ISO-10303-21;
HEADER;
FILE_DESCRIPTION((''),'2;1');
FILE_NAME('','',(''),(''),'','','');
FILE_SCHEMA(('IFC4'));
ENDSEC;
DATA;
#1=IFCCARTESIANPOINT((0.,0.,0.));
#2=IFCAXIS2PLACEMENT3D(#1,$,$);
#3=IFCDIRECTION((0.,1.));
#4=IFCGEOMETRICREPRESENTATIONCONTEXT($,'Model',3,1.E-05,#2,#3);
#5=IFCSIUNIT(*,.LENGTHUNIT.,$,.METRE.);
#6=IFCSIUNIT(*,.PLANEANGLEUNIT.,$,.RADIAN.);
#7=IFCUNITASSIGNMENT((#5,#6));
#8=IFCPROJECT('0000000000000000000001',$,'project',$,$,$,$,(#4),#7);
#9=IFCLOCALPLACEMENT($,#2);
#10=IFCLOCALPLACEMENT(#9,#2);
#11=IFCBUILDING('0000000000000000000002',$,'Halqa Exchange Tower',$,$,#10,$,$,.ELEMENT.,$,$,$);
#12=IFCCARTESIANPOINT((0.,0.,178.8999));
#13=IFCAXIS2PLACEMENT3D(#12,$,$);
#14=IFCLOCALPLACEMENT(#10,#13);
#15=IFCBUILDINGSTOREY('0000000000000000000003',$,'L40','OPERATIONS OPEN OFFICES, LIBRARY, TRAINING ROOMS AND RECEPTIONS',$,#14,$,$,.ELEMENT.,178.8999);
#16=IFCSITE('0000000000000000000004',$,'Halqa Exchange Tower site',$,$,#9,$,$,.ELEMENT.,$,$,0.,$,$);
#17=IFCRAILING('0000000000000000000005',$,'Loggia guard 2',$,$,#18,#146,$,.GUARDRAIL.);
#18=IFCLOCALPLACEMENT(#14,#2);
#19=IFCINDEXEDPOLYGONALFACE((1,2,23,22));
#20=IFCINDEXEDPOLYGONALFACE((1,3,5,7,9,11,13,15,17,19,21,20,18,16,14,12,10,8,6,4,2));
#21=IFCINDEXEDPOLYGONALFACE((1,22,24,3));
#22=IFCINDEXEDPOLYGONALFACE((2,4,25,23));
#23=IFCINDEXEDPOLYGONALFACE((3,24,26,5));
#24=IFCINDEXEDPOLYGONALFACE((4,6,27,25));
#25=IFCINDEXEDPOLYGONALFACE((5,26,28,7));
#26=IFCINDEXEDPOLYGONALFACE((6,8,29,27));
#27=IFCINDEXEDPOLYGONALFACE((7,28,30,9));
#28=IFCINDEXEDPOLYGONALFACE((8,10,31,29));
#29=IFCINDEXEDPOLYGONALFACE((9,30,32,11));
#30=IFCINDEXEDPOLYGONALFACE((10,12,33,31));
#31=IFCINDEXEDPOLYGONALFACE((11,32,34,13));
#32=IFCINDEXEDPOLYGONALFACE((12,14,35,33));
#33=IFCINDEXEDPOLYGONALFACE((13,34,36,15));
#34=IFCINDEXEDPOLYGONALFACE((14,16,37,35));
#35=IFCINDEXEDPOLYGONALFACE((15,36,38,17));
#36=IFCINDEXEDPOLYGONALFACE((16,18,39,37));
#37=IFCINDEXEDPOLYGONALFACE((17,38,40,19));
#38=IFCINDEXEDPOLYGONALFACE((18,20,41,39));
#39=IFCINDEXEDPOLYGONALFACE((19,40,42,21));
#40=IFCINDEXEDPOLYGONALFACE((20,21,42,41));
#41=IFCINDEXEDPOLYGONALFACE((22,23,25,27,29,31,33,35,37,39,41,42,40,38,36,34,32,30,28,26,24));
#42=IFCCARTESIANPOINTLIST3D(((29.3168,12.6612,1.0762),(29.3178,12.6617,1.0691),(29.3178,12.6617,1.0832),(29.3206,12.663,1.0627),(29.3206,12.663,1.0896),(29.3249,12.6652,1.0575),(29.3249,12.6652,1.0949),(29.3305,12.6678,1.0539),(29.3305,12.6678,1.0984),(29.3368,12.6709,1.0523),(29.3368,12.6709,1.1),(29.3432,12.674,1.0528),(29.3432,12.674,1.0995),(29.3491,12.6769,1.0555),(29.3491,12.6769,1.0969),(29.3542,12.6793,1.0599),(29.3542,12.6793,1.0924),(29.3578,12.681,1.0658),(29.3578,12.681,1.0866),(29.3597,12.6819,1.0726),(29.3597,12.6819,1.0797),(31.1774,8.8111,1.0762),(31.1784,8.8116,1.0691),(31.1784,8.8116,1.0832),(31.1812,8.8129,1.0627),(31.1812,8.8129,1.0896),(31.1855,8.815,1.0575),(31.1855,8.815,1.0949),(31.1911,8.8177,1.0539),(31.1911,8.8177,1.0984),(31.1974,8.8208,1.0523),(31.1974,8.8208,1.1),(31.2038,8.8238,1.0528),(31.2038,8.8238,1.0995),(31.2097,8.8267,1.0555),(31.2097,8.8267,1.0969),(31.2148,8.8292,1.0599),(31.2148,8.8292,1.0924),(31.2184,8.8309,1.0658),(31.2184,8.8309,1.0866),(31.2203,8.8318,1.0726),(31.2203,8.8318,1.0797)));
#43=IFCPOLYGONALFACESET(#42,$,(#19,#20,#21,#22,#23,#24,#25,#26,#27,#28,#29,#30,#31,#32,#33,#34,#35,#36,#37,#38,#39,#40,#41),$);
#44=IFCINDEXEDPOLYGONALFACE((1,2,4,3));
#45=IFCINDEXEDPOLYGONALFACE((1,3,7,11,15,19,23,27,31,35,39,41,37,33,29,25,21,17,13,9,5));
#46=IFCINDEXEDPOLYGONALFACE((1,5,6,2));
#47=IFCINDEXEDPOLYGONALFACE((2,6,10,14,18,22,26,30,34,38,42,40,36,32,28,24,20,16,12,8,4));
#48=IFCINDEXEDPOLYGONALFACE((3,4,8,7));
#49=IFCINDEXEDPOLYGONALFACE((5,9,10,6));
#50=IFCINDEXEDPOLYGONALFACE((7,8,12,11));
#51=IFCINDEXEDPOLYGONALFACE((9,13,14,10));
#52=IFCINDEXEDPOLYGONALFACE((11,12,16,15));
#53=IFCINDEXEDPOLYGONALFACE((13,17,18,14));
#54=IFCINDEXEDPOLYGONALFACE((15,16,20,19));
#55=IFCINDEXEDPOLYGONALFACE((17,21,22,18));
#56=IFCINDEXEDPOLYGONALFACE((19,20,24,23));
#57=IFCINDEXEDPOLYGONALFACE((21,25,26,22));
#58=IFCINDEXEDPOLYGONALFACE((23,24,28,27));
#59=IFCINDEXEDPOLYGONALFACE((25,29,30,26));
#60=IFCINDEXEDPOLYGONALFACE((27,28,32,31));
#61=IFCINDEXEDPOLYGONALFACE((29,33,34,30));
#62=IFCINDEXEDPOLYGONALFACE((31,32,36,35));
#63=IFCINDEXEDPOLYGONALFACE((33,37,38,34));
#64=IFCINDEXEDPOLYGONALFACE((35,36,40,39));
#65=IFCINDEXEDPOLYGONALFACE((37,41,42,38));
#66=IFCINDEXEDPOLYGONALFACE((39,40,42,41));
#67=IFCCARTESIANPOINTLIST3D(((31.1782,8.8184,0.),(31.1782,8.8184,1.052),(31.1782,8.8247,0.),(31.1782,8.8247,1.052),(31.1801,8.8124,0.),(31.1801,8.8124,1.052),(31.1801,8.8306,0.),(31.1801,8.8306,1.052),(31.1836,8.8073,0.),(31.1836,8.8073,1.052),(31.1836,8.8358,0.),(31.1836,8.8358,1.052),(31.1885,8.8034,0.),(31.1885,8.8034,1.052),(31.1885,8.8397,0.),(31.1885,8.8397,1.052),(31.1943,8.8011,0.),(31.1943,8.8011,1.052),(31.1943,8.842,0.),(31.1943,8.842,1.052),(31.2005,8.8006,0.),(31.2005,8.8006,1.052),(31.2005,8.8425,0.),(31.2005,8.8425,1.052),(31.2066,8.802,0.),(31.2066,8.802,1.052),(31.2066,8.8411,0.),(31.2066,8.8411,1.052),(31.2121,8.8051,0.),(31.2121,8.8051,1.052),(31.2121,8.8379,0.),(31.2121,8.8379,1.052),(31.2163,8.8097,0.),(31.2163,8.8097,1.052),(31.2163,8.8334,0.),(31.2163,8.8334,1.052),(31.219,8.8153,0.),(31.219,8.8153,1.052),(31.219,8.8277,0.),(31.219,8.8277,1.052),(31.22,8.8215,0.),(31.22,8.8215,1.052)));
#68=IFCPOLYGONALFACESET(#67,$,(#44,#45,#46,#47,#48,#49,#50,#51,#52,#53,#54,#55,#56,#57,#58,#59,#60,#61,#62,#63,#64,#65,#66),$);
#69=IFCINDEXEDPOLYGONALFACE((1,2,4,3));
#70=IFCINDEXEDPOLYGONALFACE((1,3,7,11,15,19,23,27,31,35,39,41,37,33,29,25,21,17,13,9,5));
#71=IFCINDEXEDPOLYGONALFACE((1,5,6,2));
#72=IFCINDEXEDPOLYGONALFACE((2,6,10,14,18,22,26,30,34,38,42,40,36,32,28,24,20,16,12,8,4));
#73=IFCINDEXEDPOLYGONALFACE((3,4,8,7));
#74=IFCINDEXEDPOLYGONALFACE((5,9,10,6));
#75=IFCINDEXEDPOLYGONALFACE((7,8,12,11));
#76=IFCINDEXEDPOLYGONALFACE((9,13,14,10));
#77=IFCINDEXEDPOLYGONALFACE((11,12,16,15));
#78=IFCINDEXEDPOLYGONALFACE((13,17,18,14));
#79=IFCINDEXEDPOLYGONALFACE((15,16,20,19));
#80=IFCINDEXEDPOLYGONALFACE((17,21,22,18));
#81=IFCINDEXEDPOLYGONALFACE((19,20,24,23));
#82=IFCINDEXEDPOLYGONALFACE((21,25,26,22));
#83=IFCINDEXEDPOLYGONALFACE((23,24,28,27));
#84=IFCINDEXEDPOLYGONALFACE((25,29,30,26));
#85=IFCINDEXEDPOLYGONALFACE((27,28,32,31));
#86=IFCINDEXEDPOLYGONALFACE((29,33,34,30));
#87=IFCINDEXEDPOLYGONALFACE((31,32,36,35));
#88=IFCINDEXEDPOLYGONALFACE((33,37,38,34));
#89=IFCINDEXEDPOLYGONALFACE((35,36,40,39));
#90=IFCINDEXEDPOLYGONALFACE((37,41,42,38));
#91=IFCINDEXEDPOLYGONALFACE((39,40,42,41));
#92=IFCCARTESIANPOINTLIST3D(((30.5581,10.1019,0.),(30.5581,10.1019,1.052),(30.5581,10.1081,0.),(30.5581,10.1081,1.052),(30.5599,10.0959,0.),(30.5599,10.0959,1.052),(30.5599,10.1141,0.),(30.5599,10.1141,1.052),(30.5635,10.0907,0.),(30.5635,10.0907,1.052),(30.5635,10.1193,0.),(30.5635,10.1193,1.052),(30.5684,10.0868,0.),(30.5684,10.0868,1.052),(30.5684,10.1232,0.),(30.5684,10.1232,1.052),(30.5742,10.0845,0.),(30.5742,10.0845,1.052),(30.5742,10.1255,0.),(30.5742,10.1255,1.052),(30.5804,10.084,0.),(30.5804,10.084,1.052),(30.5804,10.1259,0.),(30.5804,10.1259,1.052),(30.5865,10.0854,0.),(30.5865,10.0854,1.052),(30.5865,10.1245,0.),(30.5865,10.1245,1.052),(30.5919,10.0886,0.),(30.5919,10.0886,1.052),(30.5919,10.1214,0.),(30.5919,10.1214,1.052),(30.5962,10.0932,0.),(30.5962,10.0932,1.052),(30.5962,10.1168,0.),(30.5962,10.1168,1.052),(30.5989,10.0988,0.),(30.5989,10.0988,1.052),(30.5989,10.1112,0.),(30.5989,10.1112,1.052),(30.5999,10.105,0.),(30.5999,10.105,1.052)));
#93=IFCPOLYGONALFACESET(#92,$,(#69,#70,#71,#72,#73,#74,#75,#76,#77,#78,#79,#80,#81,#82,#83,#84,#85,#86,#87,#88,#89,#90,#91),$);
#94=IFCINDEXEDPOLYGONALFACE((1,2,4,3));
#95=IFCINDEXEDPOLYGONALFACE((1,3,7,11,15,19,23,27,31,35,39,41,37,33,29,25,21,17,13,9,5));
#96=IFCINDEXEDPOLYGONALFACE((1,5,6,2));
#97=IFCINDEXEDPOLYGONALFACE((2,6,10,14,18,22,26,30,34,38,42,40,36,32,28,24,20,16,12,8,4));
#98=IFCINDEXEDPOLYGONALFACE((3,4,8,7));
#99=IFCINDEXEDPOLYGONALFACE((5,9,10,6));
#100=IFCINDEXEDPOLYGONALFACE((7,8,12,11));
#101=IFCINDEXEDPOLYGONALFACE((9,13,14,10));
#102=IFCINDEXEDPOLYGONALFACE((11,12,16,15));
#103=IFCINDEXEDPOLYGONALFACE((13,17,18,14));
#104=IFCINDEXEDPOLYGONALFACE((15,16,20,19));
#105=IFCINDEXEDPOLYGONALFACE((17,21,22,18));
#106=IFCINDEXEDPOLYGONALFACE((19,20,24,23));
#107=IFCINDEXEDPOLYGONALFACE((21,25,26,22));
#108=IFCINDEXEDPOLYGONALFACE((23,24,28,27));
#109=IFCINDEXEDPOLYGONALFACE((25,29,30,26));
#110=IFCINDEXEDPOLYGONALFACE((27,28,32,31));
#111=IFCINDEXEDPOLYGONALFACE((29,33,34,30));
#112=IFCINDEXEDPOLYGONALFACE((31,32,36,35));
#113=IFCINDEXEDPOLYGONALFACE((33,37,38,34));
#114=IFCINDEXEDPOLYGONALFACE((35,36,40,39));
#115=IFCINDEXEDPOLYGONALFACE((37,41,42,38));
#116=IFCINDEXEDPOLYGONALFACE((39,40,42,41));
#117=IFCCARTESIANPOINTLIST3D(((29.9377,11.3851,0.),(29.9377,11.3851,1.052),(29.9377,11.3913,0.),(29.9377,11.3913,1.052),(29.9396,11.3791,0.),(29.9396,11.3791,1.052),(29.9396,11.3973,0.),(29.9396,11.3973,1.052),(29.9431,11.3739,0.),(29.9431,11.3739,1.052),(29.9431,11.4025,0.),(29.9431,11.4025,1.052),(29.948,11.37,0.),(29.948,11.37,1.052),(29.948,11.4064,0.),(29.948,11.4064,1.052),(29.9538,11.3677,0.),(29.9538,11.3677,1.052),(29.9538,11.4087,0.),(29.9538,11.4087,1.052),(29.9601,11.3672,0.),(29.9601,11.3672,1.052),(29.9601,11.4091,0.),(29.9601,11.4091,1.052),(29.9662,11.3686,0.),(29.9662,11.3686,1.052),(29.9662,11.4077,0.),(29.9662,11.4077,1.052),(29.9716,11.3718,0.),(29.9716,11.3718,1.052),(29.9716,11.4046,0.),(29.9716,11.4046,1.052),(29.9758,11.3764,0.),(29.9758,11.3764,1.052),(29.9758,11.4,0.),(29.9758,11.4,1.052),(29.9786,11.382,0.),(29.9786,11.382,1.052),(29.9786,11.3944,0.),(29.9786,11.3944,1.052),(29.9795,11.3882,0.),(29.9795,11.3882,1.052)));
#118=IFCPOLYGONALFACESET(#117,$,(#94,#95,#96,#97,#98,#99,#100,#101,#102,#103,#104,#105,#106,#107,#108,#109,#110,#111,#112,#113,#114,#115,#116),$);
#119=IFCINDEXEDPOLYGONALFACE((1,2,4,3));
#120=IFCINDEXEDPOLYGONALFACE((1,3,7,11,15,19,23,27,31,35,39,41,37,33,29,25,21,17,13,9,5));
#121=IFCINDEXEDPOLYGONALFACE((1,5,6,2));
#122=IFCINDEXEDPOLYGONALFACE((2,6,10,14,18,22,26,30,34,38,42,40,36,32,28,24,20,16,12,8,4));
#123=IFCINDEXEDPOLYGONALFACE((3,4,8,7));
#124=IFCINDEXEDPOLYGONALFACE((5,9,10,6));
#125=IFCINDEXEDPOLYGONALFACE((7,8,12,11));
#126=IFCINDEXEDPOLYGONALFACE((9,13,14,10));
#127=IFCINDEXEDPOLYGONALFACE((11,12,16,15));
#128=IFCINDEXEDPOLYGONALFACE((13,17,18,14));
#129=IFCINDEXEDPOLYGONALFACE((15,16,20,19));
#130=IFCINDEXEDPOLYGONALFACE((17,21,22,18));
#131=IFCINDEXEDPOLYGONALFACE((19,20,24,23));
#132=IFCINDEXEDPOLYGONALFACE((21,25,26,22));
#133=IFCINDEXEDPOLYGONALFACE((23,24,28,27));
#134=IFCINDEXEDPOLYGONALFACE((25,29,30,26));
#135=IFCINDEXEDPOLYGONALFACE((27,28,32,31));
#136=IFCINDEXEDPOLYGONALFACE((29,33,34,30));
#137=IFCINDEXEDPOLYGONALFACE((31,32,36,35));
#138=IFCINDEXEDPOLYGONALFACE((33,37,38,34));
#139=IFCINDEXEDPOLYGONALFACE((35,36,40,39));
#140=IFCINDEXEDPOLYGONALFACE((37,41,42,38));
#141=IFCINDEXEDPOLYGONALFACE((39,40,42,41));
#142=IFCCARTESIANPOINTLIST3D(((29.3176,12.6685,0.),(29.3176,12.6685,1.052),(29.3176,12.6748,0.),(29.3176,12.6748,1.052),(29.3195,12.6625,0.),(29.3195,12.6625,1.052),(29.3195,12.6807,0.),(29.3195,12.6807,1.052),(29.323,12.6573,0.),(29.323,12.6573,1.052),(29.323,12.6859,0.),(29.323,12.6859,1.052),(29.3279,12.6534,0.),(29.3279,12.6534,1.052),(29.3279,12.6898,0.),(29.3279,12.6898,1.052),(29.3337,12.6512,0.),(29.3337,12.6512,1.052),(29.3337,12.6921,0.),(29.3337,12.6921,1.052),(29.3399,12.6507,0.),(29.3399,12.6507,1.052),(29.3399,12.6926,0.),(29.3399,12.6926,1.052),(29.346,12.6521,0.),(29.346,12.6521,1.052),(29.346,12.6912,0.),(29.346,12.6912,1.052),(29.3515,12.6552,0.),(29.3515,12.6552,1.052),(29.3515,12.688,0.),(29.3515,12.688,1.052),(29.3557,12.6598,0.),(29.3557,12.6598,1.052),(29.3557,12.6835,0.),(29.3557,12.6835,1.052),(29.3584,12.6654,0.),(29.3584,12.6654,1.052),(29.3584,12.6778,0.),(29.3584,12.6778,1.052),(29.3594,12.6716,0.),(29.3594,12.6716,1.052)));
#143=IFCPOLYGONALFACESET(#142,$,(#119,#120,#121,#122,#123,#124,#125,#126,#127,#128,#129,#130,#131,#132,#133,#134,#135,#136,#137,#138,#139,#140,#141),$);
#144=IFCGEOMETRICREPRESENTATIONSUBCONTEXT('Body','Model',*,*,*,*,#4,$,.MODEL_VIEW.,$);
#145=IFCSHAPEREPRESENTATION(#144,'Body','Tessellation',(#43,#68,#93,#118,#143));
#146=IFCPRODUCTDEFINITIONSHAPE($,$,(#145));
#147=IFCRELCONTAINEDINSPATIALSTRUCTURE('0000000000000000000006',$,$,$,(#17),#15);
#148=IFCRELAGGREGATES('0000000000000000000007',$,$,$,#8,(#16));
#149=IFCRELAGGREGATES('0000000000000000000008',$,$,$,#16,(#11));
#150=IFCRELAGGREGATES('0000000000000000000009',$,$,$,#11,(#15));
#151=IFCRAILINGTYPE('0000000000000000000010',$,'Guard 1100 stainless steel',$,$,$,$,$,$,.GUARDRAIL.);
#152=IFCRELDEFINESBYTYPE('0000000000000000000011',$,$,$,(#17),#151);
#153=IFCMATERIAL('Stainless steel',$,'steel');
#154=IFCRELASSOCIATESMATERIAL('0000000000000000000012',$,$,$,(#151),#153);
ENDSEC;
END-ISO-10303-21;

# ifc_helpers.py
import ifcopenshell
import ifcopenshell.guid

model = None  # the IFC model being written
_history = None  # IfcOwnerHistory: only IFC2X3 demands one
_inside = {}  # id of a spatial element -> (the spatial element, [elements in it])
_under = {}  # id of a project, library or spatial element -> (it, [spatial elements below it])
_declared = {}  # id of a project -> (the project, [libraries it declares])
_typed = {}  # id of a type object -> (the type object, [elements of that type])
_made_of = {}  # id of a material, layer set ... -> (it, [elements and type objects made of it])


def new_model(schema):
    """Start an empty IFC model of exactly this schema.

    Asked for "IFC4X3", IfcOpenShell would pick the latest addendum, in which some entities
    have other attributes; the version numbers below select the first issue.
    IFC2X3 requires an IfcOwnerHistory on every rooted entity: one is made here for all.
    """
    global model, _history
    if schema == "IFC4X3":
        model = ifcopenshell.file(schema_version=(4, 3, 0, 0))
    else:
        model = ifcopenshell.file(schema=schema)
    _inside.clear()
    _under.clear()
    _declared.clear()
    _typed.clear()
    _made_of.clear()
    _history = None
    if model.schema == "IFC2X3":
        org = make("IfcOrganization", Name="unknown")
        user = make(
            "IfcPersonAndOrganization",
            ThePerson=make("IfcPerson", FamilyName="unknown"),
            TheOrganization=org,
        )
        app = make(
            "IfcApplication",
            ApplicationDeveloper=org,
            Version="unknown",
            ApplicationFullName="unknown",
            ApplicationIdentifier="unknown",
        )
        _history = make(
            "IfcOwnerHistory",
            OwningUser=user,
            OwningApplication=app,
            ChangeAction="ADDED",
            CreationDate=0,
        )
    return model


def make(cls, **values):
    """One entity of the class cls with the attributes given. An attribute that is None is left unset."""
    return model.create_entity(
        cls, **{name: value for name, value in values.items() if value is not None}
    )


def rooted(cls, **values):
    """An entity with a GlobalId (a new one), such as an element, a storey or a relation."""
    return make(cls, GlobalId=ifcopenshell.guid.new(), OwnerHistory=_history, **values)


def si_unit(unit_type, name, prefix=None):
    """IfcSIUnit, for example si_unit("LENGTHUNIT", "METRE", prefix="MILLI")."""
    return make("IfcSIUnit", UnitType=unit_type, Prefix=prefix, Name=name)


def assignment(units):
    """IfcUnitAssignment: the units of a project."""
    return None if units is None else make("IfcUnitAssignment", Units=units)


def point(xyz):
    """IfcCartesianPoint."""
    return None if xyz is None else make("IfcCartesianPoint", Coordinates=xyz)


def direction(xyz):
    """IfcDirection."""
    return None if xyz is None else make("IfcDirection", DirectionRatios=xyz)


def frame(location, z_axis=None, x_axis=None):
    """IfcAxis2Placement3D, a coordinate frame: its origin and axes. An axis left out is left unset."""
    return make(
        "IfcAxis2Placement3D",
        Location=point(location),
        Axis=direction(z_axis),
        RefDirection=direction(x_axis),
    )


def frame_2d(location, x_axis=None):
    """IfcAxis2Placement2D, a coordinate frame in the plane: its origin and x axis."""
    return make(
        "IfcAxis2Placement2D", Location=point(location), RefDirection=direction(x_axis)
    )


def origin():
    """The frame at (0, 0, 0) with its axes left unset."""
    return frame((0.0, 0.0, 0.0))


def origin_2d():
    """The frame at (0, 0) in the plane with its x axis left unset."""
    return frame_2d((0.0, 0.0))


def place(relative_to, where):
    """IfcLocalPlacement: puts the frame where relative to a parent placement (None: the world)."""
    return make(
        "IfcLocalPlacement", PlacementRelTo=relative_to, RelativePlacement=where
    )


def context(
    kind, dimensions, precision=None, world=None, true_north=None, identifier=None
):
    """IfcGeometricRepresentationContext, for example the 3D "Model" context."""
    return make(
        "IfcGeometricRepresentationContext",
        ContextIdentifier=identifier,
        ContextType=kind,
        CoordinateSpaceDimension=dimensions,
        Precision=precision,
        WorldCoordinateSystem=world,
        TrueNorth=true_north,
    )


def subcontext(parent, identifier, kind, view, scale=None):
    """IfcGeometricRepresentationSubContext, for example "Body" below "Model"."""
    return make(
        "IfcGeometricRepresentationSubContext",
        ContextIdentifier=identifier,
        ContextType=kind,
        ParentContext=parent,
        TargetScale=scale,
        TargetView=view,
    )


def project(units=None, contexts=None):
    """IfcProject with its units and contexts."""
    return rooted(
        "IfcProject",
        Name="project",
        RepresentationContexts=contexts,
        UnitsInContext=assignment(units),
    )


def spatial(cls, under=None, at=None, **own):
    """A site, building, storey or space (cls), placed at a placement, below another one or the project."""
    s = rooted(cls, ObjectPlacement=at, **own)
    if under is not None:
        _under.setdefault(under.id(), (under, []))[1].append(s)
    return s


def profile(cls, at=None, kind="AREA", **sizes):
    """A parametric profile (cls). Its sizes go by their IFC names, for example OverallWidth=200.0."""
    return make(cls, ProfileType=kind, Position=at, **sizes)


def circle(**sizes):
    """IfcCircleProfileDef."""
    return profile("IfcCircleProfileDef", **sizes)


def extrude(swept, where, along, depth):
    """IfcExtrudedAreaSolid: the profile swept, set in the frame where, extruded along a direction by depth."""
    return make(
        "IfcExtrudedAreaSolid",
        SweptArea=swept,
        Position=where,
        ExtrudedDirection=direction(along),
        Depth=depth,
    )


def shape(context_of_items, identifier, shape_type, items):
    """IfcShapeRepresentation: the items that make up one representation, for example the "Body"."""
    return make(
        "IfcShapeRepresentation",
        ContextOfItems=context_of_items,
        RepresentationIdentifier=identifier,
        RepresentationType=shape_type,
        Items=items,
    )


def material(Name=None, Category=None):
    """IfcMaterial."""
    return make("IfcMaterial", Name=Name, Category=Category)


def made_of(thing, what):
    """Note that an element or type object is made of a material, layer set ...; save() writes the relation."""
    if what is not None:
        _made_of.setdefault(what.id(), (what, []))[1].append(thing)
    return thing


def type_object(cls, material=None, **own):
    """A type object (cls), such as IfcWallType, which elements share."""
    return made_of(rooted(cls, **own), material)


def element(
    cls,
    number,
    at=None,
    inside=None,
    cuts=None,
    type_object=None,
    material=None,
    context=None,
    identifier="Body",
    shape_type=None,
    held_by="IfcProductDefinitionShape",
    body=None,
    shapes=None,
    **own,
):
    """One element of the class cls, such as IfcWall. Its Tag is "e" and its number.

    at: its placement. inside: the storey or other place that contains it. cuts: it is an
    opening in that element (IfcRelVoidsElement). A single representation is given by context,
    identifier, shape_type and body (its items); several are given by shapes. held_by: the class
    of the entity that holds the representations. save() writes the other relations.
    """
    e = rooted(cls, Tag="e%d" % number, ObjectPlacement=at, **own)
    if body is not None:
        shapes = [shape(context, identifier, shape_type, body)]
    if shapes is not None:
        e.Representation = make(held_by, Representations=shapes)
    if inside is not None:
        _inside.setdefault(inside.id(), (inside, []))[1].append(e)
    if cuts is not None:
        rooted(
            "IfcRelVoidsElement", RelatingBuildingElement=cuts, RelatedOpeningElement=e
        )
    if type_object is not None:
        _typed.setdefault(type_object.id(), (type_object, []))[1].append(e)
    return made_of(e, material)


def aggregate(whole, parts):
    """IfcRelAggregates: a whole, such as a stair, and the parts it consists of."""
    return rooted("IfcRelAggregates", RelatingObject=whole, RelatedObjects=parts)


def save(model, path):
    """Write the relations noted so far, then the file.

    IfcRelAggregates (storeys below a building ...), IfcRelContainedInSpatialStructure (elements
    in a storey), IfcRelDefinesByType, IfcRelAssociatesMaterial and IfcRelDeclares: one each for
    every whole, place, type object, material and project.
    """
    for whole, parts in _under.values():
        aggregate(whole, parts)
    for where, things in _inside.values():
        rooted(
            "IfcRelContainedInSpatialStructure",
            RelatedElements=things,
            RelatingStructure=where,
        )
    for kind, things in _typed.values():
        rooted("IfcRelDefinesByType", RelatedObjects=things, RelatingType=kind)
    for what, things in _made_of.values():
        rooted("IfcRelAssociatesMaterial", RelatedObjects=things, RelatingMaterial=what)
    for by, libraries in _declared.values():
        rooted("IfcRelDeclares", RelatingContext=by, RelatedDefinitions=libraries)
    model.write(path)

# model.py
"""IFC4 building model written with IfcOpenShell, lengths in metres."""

from ifc_helpers import new_model, si_unit, direction, frame, origin, origin_2d, place, context, subcontext, project, spatial, circle, extrude, material, type_object, element, save


model = new_model("IFC4")

# Units and contexts
model_context = context("Model", 3, precision=1e-05, world=origin(), true_north=direction((0.0, 1.0)))
body_context = subcontext(model_context, "Body", "Model", "MODEL_VIEW")
ifc_project = project(units=[si_unit("LENGTHUNIT", "METRE"), si_unit("PLANEANGLEUNIT", "RADIAN")], contexts=[model_context])

# Site, building, storey
site_placement = place(None, origin())
site = spatial("IfcSite", under=ifc_project, at=site_placement, Name="Halqa Exchange Tower site", CompositionType="ELEMENT", RefElevation=0.0)
building_placement = place(site_placement, origin())
building = spatial("IfcBuilding", under=site, at=building_placement, Name="Halqa Exchange Tower", CompositionType="ELEMENT")
storey_placement = place(building_placement, frame((0.0, 0.0, 178.8999)))
storey = spatial("IfcBuildingStorey", under=building, at=storey_placement, Name="L40", Description="OPERATIONS OPEN OFFICES, LIBRARY, TRAINING ROOMS AND RECEPTIONS", CompositionType="ELEMENT", Elevation=178.8999)

# Railing
ifc_material_1 = material(Name="Stainless steel", Category="steel")
railing_type = type_object("IfcRailingType", Name="Guard 1100 stainless steel", PredefinedType="GUARDRAIL", material=ifc_material_1)
railing_1_placement = place(storey_placement, frame((31.199, 8.8215, 0.0)))
element("IfcRailing", 1, at=railing_1_placement, inside=storey, type_object=railing_type, Name="Loggia guard 2", PredefinedType="GUARDRAIL", context=body_context, shape_type="SweptSolid", body=[
    extrude(circle(Radius=0.0239, at=origin_2d()), frame((0.0, 0.0, 1.0762), z_axis=(-0.435115, 0.900375, 0.0), x_axis=(-0.900375, -0.435115, 0.0)), (0.0, 0.0, 1.0), 4.2761),
    extrude(circle(Radius=0.021, at=origin_2d()), origin(), (0.0, 0.0, 1.0), 1.052),
    extrude(circle(Radius=0.021, at=origin_2d()), frame((-0.6201, 1.2834, 0.0)), (0.0, 0.0, 1.0), 1.052),
    extrude(circle(Radius=0.021, at=origin_2d()), frame((-1.2405, 2.5667, 0.0)), (0.0, 0.0, 1.0), 1.052),
    extrude(circle(Radius=0.021, at=origin_2d()), frame((-1.8606, 3.8501, 0.0)), (0.0, 0.0, 1.0), 1.052),
])

save(model, "model.ifc")
